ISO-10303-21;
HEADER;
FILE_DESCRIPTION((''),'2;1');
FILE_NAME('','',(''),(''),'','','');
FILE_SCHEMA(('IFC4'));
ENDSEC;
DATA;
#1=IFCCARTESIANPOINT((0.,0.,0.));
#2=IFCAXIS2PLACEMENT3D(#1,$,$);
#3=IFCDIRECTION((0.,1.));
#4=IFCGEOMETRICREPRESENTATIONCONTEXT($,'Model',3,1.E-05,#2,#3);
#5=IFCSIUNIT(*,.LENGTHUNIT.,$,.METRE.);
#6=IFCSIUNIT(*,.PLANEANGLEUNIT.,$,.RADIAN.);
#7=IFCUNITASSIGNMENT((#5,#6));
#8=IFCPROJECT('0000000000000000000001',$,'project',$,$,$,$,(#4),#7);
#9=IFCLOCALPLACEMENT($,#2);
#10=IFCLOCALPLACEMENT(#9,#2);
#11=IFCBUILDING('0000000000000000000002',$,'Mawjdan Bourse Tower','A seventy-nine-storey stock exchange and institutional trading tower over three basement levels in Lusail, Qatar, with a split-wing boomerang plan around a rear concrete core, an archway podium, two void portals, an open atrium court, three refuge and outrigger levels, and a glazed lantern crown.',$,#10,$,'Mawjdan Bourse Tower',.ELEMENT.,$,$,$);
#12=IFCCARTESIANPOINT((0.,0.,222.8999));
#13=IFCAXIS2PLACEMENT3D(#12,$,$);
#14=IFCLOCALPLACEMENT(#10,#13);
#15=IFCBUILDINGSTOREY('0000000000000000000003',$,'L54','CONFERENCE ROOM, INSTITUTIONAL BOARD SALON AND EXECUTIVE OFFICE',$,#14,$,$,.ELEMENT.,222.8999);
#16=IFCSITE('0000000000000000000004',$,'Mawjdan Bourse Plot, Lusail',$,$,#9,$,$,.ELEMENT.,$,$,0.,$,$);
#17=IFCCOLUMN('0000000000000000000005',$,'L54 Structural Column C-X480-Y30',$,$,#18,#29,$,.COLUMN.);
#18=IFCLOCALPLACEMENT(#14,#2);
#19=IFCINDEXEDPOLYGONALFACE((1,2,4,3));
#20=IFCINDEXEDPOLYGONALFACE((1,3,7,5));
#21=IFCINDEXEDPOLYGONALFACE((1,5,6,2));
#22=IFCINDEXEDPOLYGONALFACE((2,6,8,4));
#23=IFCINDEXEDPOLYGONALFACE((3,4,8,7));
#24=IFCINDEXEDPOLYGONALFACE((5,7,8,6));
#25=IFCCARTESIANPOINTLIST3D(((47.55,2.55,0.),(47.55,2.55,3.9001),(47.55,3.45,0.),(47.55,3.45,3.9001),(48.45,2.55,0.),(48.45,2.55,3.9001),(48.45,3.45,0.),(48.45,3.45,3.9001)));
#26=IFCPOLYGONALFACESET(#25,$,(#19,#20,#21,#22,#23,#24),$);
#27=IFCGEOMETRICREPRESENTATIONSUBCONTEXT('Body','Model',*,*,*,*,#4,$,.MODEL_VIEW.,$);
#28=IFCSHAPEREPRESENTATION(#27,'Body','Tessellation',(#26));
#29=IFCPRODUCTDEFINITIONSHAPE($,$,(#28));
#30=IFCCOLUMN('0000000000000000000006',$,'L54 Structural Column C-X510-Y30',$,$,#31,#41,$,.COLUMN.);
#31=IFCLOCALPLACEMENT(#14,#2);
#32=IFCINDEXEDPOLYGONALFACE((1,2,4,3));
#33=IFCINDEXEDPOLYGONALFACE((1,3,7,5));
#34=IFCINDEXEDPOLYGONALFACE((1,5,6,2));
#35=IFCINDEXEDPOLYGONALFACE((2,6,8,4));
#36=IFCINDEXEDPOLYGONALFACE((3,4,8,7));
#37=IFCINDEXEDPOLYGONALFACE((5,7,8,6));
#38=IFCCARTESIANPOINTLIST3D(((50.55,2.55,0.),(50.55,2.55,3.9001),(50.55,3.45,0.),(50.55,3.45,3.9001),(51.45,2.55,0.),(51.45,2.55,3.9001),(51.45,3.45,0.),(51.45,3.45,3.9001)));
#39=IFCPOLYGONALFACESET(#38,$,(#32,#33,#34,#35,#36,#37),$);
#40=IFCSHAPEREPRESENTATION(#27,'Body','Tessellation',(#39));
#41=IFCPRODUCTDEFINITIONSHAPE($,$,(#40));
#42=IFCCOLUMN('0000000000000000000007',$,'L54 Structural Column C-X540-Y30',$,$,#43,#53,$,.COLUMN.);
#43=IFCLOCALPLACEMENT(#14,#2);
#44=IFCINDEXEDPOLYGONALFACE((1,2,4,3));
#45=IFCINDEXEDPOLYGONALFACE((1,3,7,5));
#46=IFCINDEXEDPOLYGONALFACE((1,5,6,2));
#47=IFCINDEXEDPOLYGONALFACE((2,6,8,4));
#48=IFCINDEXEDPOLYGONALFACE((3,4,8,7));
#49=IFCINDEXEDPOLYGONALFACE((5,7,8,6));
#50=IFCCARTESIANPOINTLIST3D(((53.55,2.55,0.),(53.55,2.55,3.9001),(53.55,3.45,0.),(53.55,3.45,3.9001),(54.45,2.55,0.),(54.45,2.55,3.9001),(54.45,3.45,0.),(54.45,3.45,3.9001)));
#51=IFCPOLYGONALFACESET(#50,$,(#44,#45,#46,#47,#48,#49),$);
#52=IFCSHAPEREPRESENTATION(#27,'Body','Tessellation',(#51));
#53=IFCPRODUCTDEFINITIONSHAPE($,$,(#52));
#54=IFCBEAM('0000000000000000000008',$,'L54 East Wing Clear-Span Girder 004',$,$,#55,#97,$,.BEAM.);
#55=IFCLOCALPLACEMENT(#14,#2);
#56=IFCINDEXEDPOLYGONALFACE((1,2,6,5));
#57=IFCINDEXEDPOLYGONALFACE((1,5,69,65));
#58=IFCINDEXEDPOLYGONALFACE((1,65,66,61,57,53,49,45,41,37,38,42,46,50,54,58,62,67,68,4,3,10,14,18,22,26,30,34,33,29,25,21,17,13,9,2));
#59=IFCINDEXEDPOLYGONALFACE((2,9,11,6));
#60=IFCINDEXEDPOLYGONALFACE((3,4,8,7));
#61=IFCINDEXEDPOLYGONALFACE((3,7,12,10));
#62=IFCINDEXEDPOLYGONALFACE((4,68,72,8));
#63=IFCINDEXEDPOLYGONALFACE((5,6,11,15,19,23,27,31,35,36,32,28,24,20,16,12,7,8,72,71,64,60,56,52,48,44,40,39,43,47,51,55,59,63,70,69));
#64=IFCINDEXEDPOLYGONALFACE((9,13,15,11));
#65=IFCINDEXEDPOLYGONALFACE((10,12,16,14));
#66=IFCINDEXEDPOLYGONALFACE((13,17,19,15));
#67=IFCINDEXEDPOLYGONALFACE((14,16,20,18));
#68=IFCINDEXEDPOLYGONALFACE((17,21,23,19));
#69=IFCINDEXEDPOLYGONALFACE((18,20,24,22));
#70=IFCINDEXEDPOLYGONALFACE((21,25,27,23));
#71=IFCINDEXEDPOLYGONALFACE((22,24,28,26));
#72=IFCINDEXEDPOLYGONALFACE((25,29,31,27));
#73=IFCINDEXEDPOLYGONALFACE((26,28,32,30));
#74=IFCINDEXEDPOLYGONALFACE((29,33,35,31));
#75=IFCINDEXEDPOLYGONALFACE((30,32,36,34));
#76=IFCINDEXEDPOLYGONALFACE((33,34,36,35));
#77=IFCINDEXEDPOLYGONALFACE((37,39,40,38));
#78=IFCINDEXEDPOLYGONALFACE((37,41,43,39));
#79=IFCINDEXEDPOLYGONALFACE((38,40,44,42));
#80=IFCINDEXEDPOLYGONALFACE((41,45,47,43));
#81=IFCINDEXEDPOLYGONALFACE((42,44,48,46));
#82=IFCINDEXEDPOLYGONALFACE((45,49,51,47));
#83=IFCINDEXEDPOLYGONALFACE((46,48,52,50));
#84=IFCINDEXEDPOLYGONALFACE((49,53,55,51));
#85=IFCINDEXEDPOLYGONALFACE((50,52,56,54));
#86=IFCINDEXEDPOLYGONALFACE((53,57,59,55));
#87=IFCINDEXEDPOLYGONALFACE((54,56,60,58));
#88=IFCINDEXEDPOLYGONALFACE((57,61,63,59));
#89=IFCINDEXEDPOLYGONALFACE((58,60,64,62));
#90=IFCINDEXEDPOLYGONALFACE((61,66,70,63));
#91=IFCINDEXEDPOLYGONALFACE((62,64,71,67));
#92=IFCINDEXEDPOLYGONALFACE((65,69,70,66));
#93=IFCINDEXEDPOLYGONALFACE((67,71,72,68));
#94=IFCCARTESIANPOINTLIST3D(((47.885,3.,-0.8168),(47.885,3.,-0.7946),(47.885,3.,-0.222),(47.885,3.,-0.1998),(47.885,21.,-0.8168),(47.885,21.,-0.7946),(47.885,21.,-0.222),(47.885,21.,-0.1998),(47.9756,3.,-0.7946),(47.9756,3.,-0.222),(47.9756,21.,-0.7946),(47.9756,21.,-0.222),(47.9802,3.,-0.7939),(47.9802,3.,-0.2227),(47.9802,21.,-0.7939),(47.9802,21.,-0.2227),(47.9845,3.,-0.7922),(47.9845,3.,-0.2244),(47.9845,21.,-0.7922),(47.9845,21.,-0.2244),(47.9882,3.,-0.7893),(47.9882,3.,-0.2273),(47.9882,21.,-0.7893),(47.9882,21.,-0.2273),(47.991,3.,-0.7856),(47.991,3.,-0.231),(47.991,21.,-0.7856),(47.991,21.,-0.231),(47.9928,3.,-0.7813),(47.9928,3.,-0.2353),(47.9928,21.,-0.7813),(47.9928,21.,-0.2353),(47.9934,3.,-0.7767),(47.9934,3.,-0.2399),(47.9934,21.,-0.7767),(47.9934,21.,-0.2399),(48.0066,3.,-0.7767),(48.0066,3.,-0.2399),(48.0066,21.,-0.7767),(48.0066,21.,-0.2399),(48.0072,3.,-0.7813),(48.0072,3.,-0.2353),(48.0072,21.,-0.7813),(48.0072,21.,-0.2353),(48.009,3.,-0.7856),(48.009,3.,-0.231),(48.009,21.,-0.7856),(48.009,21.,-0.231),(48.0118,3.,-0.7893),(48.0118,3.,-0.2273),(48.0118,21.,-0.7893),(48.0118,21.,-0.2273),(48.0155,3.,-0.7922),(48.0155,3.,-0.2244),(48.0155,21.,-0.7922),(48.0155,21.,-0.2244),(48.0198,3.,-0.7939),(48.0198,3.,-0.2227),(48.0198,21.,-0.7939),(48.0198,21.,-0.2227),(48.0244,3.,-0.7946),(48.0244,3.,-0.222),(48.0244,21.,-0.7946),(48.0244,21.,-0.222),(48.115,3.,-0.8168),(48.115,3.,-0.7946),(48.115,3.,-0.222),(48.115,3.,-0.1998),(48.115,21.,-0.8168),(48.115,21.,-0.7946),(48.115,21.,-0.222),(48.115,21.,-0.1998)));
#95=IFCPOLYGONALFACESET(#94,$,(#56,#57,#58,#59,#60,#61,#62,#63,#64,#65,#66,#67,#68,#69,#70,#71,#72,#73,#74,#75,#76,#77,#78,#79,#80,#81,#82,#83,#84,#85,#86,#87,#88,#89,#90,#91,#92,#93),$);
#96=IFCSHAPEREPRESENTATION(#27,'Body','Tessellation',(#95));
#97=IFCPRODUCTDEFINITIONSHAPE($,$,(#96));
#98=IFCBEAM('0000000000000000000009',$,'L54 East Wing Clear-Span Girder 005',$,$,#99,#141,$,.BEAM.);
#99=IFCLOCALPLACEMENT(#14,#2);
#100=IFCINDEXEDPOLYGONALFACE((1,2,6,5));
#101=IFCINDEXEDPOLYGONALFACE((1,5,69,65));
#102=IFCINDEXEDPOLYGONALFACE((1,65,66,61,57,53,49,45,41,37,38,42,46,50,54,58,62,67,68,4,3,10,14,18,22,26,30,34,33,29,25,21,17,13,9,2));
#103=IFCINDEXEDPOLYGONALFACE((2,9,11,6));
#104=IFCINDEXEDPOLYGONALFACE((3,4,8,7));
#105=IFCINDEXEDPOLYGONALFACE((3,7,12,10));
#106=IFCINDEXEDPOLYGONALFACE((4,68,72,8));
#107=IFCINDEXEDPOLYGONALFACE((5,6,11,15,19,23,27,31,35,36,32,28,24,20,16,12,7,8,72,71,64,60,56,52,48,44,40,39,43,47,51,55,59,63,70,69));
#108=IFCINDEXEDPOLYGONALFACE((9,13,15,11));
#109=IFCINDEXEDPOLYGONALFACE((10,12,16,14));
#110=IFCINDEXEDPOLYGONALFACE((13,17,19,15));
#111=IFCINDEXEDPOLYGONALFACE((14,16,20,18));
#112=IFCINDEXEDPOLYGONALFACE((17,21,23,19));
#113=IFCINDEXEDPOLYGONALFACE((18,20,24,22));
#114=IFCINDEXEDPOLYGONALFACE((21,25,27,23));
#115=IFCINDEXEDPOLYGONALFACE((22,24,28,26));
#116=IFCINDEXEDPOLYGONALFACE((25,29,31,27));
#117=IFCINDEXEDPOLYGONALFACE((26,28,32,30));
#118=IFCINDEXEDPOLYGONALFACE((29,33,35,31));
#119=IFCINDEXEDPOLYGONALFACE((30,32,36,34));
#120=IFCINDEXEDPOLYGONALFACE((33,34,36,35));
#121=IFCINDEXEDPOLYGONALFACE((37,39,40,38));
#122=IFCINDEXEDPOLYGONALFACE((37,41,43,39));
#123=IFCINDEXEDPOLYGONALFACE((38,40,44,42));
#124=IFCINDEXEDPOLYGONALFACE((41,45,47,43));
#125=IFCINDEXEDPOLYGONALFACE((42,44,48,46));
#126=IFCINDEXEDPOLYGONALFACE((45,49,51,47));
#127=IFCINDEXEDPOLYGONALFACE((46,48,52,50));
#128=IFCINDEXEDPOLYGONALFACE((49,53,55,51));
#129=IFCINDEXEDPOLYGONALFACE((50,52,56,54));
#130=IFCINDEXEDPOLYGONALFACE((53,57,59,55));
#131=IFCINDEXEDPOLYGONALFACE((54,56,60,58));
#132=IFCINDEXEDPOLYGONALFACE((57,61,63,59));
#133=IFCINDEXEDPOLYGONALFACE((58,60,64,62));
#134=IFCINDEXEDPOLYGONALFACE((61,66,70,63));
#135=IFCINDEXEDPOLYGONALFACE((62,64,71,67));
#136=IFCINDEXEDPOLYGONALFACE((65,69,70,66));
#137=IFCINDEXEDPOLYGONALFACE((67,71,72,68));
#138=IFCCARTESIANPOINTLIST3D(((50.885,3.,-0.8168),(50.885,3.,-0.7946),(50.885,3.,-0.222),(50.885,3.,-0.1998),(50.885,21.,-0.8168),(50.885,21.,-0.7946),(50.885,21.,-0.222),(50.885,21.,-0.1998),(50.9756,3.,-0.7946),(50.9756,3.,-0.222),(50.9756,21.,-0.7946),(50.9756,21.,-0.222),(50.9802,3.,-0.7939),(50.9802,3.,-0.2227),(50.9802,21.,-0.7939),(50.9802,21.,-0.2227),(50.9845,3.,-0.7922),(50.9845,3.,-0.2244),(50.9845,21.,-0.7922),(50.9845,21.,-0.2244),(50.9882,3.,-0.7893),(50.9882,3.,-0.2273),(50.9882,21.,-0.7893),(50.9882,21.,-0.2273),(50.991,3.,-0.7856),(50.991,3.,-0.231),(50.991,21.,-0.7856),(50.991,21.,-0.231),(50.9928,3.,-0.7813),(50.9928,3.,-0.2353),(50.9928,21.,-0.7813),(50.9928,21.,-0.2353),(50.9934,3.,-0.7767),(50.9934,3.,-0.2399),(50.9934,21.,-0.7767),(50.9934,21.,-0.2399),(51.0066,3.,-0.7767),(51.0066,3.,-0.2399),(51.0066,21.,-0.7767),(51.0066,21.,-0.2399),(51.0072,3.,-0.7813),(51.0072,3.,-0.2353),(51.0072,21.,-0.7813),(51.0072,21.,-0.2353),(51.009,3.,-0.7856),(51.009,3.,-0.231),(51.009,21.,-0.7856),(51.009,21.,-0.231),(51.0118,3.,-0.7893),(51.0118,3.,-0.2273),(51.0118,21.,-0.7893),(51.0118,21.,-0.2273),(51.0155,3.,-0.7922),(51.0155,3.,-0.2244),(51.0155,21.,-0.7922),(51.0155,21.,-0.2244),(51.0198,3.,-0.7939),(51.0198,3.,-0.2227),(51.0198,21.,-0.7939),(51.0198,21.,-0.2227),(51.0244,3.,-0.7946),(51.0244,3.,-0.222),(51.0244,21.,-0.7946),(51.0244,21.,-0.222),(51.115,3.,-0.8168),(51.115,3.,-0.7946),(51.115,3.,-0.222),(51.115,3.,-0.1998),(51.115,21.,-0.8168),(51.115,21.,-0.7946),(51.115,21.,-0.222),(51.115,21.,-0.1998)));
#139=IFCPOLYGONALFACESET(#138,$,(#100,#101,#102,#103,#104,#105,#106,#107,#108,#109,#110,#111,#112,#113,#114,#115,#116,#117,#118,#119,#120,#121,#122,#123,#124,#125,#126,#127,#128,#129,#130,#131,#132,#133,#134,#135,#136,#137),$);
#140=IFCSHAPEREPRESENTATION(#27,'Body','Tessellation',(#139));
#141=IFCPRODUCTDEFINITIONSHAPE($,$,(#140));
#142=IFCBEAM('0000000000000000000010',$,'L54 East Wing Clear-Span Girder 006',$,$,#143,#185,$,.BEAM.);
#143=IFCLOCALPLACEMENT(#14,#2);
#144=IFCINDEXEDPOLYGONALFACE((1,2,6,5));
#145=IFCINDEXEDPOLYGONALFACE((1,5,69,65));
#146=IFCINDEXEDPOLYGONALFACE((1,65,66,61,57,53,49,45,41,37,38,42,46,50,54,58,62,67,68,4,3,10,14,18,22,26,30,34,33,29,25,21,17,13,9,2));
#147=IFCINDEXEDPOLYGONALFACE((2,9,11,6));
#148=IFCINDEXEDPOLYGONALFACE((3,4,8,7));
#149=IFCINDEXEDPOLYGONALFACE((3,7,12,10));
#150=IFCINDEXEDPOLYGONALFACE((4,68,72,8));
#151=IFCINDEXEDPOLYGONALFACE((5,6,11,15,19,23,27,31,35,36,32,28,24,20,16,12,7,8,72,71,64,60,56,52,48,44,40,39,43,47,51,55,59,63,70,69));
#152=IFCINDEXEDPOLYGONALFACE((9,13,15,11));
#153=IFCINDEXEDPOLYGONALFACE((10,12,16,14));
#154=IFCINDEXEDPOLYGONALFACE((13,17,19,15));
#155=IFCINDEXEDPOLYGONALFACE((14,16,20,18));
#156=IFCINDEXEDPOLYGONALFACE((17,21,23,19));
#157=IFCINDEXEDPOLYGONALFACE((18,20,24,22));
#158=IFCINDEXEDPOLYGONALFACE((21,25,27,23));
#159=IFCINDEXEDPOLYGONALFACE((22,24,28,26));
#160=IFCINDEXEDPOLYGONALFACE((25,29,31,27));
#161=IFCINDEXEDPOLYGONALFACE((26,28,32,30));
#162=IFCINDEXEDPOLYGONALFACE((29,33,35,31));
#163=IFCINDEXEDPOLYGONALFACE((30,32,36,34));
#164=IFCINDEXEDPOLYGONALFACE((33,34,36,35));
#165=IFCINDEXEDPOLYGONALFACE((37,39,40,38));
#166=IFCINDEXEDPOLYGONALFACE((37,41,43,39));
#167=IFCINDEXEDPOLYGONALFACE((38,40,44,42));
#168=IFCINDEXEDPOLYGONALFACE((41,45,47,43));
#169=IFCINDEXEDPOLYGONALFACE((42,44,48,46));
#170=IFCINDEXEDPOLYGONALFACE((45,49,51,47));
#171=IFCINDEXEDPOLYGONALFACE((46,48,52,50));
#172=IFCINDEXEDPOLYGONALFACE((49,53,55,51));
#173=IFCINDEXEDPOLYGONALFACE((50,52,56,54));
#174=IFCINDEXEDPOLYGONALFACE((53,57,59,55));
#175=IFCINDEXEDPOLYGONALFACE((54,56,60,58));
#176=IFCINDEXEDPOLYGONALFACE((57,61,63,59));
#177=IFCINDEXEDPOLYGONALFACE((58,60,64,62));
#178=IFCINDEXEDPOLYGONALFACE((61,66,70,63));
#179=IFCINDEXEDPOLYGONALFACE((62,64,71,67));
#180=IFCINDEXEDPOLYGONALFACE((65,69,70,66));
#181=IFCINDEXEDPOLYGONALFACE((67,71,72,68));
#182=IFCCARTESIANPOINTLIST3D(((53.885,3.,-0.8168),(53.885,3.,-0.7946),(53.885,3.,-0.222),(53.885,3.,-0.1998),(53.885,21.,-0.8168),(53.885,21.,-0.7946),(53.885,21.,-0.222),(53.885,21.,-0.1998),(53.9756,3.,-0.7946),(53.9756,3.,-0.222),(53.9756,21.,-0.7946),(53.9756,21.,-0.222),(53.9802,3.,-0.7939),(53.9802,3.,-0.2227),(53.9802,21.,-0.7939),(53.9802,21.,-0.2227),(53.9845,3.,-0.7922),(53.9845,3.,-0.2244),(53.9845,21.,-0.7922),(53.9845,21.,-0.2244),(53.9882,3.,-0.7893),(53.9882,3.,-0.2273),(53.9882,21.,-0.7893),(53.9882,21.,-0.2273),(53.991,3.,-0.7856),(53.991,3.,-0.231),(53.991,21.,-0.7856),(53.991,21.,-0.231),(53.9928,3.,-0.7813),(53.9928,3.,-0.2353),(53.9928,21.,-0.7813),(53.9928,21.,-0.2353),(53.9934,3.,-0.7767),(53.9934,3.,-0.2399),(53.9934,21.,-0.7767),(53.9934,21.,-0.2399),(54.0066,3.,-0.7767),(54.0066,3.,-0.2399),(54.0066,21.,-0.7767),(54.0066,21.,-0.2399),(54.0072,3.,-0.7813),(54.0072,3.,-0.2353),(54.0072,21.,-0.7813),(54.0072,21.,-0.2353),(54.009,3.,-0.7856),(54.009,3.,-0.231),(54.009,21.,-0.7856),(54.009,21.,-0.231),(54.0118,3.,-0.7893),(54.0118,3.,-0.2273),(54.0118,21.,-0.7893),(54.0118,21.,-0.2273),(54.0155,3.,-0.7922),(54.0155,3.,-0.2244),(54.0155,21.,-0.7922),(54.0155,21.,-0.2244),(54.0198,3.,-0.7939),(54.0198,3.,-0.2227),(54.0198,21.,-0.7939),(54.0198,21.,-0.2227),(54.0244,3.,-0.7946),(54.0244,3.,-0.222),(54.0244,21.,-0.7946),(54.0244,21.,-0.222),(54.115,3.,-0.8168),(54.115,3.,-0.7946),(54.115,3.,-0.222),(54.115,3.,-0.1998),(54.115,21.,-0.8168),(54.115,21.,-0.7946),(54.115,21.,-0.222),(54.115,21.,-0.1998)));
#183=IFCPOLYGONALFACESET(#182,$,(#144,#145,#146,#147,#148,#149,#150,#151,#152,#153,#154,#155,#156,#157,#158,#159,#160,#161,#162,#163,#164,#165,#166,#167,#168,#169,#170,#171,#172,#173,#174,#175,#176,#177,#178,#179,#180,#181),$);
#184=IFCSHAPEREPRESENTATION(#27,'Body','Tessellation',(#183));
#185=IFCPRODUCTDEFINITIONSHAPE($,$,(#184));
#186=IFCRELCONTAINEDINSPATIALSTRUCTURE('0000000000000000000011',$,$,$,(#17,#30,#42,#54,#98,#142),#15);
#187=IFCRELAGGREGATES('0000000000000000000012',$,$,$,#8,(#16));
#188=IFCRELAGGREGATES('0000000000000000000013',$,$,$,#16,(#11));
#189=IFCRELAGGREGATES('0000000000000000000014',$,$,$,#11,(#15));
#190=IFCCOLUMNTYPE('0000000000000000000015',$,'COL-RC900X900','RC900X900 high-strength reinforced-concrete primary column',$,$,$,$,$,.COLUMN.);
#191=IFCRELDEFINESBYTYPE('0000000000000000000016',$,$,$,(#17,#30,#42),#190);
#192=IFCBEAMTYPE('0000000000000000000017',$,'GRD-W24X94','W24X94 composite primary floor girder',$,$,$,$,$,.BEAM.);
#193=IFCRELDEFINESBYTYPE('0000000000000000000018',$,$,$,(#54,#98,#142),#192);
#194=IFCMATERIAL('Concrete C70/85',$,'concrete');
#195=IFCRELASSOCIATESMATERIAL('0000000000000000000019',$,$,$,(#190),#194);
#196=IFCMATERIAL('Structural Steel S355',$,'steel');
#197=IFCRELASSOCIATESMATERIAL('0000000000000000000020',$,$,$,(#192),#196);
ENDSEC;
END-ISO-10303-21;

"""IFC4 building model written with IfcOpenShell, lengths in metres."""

from ifc_helpers import new_model, si_unit, direction, frame, origin, origin_2d, place, context, subcontext, project, spatial, rectangle, i_section, extrude, material, material_profile, profile_set, type_object, element, save


model = new_model("IFC4")

# Units and contexts
model_context = context("Model", 3, precision=1e-05, world=origin(), true_north=direction((0.0, 1.0)))
body_context = subcontext(model_context, "Body", "Model", "MODEL_VIEW")
ifc_project = project(units=[si_unit("LENGTHUNIT", "METRE"), si_unit("PLANEANGLEUNIT", "RADIAN")], contexts=[model_context])

# Site, building, storey
site_placement = place(None, origin())
site = spatial("IfcSite", under=ifc_project, at=site_placement, Name="Mawjdan Bourse Plot, Lusail", CompositionType="ELEMENT", RefElevation=0.0)
building_placement = place(site_placement, origin())
building = spatial("IfcBuilding", under=site, at=building_placement, Name="Mawjdan Bourse Tower", Description="A seventy-nine-storey stock exchange and institutional trading tower over three basement levels in Lusail, Qatar, with a split-wing boomerang plan around a rear concrete core, an archway podium, two void portals, an open atrium court, three refuge and outrigger levels, and a glazed lantern crown.", LongName="Mawjdan Bourse Tower", CompositionType="ELEMENT")
storey_placement = place(building_placement, frame((0.0, 0.0, 222.8999)))
storey = spatial("IfcBuildingStorey", under=building, at=storey_placement, Name="L54", Description="CONFERENCE ROOM, INSTITUTIONAL BOARD SALON AND EXECUTIVE OFFICE", CompositionType="ELEMENT", Elevation=222.8999)

# Columns
ifc_material_1 = material(Name="Concrete C70/85", Category="concrete")
ifc_material_profile_1 = material_profile(ifc_material_1, rectangle(XDim=0.8999, YDim=0.8999, at=origin_2d()), Name="RC900X900")
ifc_profile_set_1 = profile_set([ifc_material_profile_1], Name="Concrete C70/85")
column_type = type_object("IfcColumnType", Name="COL-RC900X900", Description="RC900X900 high-strength reinforced-concrete primary column", PredefinedType="COLUMN", material=ifc_profile_set_1)
for number, where, z_axis, x_axis, name in (
    (1, (48.0, 3.0, 0.0), (0.0, 0.0, 1.0), (1.0, 0.0, 0.0), "L54 Structural Column C-X480-Y30"),
    (2, (51.0, 3.0, 0.0), (0.0, 0.0, 1.0), (1.0, 0.0, 0.0), "L54 Structural Column C-X510-Y30"),
    (3, (54.0, 3.0, 0.0), (0.0, 0.0, 1.0), (1.0, 0.0, 0.0), "L54 Structural Column C-X540-Y30"),
):
    element("IfcColumn", number, at=place(storey_placement, frame(where, z_axis=z_axis, x_axis=x_axis)), inside=storey, type_object=column_type, Name=name, PredefinedType="COLUMN", context=body_context, shape_type="SweptSolid", body=[
        extrude(rectangle(XDim=0.8999, YDim=0.8999, at=origin_2d()), origin(), (0.0, 0.0, 1.0), 3.9001),
    ])

# Beams
ifc_material_2 = material(Name="Structural Steel S355", Category="steel")
ifc_material_profile_2 = material_profile(ifc_material_2, i_section(OverallWidth=0.23, OverallDepth=0.6169, WebThickness=0.0132, FlangeThickness=0.0222, FilletRadius=0.0178, at=origin_2d()), Name="W24X94")
ifc_profile_set_2 = profile_set([ifc_material_profile_2], Name="Structural Steel S355")
beam_type_1 = type_object("IfcBeamType", Name="GRD-W24X94", Description="W24X94 composite primary floor girder", PredefinedType="BEAM", material=ifc_profile_set_2)
for number, where, z_axis, x_axis, name in (
    (4, (48.0, 3.0, -0.5083), (0.0, 1.0, 0.0), (-1.0, 0.0, 0.0), "L54 East Wing Clear-Span Girder 004"),
    (5, (51.0, 3.0, -0.5083), (0.0, 1.0, 0.0), (-1.0, 0.0, 0.0), "L54 East Wing Clear-Span Girder 005"),
    (6, (54.0, 3.0, -0.5083), (0.0, 1.0, 0.0), (-1.0, 0.0, 0.0), "L54 East Wing Clear-Span Girder 006"),
):
    element("IfcBeam", number, at=place(storey_placement, frame(where, z_axis=z_axis, x_axis=x_axis)), inside=storey, type_object=beam_type_1, Name=name, PredefinedType="BEAM", context=body_context, shape_type="SweptSolid", body=[
        extrude(i_section(OverallWidth=0.23, OverallDepth=0.6169, WebThickness=0.0132, FlangeThickness=0.0222, FilletRadius=0.0178, at=origin_2d()), origin(), (0.0, 0.0, 1.0), 18.0),
    ])

save(model, "model.ifc")
